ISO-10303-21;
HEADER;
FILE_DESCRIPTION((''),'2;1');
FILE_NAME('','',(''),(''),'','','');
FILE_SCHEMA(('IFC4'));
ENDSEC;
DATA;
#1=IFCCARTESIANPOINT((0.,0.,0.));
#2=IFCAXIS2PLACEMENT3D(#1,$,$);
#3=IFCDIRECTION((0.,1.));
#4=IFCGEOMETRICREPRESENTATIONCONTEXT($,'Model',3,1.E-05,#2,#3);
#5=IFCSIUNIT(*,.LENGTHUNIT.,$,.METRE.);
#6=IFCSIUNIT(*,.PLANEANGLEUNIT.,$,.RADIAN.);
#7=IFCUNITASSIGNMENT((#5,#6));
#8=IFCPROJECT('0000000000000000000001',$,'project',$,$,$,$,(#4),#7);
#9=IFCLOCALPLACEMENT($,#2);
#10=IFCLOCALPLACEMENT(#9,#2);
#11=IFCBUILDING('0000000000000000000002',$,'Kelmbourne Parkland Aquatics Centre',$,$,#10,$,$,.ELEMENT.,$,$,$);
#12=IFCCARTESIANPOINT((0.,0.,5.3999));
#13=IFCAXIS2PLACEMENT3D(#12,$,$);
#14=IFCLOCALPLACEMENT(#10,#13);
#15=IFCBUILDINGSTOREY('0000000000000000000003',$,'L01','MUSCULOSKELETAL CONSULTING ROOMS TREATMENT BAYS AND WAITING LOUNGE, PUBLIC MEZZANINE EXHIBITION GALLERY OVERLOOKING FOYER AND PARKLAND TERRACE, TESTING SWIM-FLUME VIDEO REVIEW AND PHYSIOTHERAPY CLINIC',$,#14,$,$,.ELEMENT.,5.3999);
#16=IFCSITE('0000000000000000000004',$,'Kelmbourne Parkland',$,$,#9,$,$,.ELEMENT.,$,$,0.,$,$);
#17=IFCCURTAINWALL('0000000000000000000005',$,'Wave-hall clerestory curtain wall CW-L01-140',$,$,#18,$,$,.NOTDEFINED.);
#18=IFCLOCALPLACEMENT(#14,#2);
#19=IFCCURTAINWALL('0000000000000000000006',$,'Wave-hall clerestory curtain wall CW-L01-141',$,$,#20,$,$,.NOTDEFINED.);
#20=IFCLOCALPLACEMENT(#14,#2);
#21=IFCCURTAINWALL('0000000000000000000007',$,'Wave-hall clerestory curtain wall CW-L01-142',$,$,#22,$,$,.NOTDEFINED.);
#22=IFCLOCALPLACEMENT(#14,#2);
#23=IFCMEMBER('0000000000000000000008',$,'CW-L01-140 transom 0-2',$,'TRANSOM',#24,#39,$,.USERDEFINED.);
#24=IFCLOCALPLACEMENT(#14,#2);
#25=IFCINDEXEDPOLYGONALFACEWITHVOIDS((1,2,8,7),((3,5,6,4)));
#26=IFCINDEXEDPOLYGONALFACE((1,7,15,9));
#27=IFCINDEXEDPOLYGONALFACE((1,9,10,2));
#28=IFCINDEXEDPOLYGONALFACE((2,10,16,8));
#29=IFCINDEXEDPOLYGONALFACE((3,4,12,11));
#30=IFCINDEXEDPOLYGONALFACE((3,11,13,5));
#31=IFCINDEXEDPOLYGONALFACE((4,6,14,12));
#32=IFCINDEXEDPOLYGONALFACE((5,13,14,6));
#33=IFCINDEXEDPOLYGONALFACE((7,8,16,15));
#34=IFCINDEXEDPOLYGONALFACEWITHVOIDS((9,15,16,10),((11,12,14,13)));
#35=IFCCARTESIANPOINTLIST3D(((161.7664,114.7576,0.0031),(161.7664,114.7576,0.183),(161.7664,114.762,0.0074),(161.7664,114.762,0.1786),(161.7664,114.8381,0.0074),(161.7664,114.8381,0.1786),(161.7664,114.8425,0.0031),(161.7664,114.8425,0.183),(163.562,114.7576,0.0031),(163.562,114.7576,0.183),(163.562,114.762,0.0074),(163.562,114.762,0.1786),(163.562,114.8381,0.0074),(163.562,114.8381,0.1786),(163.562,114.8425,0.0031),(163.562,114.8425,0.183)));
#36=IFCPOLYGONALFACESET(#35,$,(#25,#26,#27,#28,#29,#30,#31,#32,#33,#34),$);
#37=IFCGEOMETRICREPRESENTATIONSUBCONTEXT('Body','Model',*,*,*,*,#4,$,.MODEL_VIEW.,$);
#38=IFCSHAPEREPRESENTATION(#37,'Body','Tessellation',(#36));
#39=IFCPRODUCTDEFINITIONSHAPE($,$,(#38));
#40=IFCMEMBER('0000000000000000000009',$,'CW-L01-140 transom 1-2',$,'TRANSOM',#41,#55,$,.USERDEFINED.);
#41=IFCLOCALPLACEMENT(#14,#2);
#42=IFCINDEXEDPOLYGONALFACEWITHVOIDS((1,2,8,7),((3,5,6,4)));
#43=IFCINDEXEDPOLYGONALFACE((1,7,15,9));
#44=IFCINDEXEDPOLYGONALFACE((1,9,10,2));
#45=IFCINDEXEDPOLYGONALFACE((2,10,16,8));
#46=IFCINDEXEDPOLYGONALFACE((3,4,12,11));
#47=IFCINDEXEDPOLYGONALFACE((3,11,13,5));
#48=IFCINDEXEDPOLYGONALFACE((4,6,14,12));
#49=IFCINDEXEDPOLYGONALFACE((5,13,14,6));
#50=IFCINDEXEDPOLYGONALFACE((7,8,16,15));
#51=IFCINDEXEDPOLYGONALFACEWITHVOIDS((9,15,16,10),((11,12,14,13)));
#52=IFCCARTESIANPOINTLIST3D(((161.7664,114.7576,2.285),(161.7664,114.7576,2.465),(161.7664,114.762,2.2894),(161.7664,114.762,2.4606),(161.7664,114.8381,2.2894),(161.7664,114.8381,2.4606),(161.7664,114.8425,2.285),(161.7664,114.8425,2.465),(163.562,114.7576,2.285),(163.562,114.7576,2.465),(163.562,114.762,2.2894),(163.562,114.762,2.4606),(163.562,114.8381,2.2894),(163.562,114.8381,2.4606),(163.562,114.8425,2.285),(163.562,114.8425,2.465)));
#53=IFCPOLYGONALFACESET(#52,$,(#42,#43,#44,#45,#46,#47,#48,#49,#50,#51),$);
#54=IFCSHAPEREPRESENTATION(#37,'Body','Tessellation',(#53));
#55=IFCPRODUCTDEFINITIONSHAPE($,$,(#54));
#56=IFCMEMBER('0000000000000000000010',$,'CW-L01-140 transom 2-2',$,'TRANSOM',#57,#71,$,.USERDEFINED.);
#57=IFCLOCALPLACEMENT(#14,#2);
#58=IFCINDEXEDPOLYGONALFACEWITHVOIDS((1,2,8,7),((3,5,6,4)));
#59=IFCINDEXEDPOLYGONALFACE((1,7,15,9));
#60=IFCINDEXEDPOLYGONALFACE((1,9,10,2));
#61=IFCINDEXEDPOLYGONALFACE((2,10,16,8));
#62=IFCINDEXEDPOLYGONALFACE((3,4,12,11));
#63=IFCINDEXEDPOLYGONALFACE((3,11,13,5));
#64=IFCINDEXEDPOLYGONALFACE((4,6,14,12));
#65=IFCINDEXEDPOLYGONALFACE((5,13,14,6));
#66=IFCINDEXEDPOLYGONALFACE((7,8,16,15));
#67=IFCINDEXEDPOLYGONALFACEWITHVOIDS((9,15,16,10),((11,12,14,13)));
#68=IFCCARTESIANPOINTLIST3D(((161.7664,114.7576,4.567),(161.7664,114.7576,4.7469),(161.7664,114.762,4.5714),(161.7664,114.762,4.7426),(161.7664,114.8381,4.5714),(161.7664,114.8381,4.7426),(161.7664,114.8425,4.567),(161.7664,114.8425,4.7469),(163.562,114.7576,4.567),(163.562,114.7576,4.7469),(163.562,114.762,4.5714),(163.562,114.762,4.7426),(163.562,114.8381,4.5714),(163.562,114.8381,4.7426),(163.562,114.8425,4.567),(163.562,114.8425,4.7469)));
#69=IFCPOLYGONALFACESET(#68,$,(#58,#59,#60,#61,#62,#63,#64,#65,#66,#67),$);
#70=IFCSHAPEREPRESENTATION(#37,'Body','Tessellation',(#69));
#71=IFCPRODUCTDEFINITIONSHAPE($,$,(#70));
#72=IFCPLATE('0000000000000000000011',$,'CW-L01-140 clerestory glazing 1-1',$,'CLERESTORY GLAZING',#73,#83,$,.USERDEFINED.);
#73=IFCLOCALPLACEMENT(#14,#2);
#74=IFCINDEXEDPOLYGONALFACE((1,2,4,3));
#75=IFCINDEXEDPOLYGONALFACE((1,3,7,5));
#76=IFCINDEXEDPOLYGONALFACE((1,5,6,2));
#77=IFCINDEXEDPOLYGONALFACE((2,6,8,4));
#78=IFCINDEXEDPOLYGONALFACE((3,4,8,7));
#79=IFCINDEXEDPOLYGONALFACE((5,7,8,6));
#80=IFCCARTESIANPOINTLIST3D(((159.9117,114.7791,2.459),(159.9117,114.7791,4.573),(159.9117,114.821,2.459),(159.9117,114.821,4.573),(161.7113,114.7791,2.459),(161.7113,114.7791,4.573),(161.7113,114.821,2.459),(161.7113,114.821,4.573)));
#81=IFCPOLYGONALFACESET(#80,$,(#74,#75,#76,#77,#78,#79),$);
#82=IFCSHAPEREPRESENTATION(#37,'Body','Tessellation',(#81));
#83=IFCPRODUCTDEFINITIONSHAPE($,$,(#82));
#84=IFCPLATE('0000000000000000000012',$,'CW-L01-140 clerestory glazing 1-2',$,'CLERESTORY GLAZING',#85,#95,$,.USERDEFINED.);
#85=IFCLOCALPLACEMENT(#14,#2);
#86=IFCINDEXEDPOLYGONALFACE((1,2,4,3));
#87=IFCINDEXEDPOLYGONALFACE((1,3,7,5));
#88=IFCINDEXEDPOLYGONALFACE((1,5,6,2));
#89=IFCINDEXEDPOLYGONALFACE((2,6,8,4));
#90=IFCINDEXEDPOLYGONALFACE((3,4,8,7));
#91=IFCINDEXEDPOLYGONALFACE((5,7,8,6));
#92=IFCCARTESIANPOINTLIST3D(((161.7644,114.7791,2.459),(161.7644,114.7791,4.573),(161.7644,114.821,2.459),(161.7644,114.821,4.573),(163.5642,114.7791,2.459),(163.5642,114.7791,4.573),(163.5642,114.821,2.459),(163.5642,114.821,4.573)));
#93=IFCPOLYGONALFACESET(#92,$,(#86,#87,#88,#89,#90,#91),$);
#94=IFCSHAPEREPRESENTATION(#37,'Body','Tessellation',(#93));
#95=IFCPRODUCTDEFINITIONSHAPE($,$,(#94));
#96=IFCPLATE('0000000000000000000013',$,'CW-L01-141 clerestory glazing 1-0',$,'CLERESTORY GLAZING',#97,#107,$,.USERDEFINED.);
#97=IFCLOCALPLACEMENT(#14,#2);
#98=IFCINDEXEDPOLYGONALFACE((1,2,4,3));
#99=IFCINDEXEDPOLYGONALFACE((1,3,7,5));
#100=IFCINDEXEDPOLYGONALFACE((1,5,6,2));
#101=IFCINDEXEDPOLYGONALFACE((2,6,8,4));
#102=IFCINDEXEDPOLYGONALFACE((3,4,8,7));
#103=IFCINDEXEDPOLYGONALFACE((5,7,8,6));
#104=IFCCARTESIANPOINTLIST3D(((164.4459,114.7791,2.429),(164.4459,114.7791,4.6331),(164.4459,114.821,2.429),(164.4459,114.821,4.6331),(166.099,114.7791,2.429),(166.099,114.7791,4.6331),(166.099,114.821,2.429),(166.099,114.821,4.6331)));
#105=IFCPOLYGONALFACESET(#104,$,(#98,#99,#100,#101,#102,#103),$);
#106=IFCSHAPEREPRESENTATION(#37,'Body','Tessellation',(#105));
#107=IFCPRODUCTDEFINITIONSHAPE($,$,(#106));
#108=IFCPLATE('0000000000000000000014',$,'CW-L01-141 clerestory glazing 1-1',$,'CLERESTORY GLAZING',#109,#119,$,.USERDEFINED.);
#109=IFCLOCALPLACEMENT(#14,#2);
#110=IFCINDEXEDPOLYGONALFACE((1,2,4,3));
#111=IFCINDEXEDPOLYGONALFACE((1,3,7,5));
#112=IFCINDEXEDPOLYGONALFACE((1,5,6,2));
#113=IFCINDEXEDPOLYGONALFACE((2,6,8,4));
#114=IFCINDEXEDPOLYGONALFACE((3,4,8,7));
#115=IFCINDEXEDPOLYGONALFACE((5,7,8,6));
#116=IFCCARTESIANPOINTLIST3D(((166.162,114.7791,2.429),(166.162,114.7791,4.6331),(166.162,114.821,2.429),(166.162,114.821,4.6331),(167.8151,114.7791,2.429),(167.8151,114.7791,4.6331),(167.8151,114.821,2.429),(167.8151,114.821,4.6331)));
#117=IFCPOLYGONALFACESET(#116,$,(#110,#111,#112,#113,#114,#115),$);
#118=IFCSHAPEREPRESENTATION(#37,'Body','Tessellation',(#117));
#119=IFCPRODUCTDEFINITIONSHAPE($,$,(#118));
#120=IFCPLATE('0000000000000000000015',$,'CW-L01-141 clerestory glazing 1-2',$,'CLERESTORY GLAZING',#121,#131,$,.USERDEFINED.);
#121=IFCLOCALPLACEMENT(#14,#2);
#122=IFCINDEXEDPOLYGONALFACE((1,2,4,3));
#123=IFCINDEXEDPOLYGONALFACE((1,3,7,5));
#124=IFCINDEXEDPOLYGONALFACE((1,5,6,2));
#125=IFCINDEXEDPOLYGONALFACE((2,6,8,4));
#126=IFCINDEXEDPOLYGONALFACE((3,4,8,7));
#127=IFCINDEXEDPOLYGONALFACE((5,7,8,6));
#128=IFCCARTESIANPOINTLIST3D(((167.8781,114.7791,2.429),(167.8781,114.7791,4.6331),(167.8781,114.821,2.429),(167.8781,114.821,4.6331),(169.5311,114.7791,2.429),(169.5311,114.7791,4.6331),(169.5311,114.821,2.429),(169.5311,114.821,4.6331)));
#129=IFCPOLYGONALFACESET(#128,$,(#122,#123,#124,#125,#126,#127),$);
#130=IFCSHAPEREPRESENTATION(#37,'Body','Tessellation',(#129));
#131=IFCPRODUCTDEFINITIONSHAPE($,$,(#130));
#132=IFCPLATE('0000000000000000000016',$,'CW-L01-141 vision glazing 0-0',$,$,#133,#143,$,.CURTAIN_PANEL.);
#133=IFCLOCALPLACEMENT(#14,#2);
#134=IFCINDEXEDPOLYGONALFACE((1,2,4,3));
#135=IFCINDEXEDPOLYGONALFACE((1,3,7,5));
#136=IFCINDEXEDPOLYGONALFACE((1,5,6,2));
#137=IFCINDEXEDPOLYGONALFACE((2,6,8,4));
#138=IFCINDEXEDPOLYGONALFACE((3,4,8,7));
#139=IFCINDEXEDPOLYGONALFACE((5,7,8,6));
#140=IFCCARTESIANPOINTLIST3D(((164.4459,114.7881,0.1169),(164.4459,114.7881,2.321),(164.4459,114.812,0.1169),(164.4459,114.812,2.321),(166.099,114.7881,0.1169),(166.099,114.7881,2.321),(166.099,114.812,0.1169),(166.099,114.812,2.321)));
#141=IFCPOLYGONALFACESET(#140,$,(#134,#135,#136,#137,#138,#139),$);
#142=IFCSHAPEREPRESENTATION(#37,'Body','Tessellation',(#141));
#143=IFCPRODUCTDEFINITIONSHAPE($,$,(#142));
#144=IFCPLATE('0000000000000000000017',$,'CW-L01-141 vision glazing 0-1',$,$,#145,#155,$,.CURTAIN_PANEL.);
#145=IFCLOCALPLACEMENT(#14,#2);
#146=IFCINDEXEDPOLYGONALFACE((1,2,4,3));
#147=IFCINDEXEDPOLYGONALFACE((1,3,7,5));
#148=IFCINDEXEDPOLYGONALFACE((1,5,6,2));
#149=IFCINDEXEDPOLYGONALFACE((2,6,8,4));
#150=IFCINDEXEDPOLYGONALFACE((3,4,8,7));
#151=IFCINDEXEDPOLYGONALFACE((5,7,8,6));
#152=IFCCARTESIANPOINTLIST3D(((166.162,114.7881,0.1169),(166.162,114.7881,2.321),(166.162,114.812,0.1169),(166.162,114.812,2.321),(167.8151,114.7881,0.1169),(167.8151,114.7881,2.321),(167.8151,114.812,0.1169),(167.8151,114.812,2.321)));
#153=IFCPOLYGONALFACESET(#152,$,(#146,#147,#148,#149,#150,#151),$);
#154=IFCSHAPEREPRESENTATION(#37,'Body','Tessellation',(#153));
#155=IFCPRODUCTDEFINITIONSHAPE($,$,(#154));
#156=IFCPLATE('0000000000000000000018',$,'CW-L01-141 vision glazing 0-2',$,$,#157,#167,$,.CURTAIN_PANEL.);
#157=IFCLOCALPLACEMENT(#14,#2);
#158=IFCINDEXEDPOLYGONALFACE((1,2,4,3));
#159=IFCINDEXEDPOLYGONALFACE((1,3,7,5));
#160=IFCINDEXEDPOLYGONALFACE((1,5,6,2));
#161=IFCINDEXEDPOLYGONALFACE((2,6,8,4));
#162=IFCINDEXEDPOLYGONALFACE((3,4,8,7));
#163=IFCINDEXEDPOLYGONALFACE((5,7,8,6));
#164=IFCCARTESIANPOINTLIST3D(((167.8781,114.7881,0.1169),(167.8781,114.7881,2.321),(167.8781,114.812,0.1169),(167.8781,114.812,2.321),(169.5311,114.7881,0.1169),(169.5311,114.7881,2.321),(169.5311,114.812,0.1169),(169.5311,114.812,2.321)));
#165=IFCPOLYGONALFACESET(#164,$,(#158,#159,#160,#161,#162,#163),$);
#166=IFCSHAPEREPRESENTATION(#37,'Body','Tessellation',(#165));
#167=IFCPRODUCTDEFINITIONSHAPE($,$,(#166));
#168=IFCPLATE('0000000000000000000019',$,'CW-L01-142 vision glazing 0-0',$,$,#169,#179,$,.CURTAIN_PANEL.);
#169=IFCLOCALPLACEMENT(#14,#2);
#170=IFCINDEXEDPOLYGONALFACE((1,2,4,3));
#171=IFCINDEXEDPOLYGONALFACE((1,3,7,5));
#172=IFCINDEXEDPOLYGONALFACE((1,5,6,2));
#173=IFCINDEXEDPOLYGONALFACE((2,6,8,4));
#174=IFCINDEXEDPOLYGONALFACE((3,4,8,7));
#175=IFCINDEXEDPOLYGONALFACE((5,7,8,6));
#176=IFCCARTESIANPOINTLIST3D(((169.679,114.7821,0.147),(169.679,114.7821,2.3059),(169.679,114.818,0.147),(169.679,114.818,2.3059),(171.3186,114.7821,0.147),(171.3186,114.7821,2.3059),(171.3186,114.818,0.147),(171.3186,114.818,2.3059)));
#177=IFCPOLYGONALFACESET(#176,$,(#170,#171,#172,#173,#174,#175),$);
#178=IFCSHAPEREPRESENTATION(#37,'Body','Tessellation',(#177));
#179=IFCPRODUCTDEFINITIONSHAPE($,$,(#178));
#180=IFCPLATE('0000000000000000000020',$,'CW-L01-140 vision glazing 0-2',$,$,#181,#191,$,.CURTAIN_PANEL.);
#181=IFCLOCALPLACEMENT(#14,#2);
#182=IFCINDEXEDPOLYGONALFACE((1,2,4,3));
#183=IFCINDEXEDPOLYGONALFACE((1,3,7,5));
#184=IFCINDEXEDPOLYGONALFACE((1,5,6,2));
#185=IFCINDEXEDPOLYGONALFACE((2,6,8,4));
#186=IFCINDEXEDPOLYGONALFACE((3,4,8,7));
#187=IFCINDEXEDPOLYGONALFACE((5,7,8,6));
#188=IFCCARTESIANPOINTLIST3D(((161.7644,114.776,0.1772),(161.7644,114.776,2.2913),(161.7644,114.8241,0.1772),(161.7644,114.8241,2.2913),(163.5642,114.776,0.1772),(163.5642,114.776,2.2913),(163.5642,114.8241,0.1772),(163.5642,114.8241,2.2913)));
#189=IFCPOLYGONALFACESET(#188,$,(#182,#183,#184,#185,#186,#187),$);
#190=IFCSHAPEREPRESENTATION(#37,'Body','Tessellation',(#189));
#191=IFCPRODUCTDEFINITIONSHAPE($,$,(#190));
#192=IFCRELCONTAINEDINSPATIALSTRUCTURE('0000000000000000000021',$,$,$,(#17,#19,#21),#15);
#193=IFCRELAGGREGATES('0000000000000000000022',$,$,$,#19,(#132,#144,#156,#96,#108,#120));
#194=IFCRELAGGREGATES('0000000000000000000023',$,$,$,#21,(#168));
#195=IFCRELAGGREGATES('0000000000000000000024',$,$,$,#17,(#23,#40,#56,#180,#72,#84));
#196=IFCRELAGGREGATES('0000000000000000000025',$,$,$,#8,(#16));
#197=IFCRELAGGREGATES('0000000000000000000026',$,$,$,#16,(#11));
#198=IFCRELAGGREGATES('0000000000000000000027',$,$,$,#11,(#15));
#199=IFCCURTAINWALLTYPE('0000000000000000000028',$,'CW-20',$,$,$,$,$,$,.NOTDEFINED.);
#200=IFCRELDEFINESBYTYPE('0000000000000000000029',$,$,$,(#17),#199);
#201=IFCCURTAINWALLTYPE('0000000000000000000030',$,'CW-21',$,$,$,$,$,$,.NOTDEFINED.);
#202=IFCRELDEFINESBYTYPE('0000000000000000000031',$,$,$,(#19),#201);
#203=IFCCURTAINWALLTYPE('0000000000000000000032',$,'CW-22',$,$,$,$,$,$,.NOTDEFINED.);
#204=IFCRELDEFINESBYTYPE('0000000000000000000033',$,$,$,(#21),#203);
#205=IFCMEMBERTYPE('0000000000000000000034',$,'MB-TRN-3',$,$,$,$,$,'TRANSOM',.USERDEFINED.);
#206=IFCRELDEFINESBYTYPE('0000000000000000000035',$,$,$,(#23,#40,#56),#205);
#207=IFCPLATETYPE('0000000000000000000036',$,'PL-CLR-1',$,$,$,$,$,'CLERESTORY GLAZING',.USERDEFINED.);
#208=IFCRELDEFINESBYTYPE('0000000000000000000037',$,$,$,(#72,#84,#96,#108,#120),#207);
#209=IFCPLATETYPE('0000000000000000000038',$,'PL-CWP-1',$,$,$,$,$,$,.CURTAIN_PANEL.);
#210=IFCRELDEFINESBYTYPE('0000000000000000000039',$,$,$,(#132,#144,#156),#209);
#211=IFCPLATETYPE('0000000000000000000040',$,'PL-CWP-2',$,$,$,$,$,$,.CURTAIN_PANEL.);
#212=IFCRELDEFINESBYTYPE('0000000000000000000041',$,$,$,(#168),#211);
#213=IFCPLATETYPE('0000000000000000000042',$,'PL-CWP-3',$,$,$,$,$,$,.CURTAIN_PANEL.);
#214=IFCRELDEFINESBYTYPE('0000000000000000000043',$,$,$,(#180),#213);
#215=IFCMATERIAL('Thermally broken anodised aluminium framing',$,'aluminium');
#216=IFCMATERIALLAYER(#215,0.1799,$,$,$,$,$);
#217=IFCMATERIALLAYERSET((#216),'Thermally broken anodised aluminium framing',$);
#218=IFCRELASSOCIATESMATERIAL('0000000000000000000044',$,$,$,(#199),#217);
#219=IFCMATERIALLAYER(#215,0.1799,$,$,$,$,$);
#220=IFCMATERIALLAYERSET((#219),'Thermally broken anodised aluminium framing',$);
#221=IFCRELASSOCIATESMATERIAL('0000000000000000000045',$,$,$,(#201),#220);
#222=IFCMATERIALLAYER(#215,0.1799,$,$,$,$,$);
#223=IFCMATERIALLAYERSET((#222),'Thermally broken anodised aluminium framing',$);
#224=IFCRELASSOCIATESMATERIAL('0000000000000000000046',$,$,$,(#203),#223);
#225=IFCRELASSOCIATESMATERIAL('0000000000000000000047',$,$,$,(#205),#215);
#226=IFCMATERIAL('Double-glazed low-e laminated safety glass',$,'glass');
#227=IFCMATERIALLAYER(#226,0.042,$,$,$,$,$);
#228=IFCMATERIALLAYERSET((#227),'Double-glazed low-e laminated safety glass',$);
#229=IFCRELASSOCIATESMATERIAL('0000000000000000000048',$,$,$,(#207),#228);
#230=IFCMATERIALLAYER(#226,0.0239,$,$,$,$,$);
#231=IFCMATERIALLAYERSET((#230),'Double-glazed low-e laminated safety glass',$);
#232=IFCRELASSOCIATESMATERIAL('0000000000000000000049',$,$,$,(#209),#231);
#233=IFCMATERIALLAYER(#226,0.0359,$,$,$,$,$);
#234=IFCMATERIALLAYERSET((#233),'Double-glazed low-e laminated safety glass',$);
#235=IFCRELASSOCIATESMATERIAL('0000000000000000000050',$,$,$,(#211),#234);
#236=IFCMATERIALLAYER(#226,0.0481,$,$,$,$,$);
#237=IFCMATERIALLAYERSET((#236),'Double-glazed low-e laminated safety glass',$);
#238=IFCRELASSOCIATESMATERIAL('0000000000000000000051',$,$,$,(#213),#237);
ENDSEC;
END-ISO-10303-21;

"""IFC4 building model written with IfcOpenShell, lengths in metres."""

from ifc_helpers import new_model, si_unit, direction, frame, origin, origin_2d, place, context, subcontext, project, spatial, rectangle, hollow_rectangle, extrude, material, layer, layer_set, material_profile, profile_set, type_object, element, aggregate, save


model = new_model("IFC4")

# Units and contexts
model_context = context("Model", 3, precision=1e-05, world=origin(), true_north=direction((0.0, 1.0)))
body_context = subcontext(model_context, "Body", "Model", "MODEL_VIEW")
ifc_project = project(units=[si_unit("LENGTHUNIT", "METRE"), si_unit("PLANEANGLEUNIT", "RADIAN")], contexts=[model_context])

# Site, building, storey
site_placement = place(None, origin())
site = spatial("IfcSite", under=ifc_project, at=site_placement, Name="Kelmbourne Parkland", CompositionType="ELEMENT", RefElevation=0.0)
building_placement = place(site_placement, origin())
building = spatial("IfcBuilding", under=site, at=building_placement, Name="Kelmbourne Parkland Aquatics Centre", CompositionType="ELEMENT")
storey_placement = place(building_placement, frame((0.0, 0.0, 5.3999)))
storey = spatial("IfcBuildingStorey", under=building, at=storey_placement, Name="L01", Description="MUSCULOSKELETAL CONSULTING ROOMS TREATMENT BAYS AND WAITING LOUNGE, PUBLIC MEZZANINE EXHIBITION GALLERY OVERLOOKING FOYER AND PARKLAND TERRACE, TESTING SWIM-FLUME VIDEO REVIEW AND PHYSIOTHERAPY CLINIC", CompositionType="ELEMENT", Elevation=5.3999)

# Curtain walls
ifc_material_1 = material(Name="Thermally broken anodised aluminium framing", Category="aluminium")
ifc_layer_1 = layer(ifc_material_1, 0.1799)
ifc_layer_set_1 = layer_set([ifc_layer_1], Name="Thermally broken anodised aluminium framing")
curtain_wall_type_1 = type_object("IfcCurtainWallType", Name="CW-20", PredefinedType="NOTDEFINED", material=ifc_layer_set_1)
curtain_wall_1_placement = place(storey_placement, origin())
curtain_wall_1 = element("IfcCurtainWall", 1, at=curtain_wall_1_placement, inside=storey, type_object=curtain_wall_type_1, Name="Wave-hall clerestory curtain wall CW-L01-140", PredefinedType="NOTDEFINED")
ifc_layer_2 = layer(ifc_material_1, 0.1799)
ifc_layer_set_2 = layer_set([ifc_layer_2], Name="Thermally broken anodised aluminium framing")
curtain_wall_type_2 = type_object("IfcCurtainWallType", Name="CW-21", PredefinedType="NOTDEFINED", material=ifc_layer_set_2)
curtain_wall_2_placement = place(storey_placement, origin())
curtain_wall_2 = element("IfcCurtainWall", 2, at=curtain_wall_2_placement, inside=storey, type_object=curtain_wall_type_2, Name="Wave-hall clerestory curtain wall CW-L01-141", PredefinedType="NOTDEFINED")

# Curtain wall
ifc_layer_3 = layer(ifc_material_1, 0.1799)
ifc_layer_set_3 = layer_set([ifc_layer_3], Name="Thermally broken anodised aluminium framing")
curtain_wall_type_3 = type_object("IfcCurtainWallType", Name="CW-22", PredefinedType="NOTDEFINED", material=ifc_layer_set_3)
curtain_wall_3_placement = place(storey_placement, origin())
curtain_wall_3 = element("IfcCurtainWall", 3, at=curtain_wall_3_placement, inside=storey, type_object=curtain_wall_type_3, Name="Wave-hall clerestory curtain wall CW-L01-142", PredefinedType="NOTDEFINED")

# Members
ifc_material_profile_1 = material_profile(ifc_material_1, hollow_rectangle(XDim=0.085, YDim=0.1799, WallThickness=0.0044, at=origin_2d()), Name="CW-T 85x180")
ifc_profile_set_1 = profile_set([ifc_material_profile_1], Name="Thermally broken anodised aluminium framing")
member_type_1 = type_object("IfcMemberType", Name="MB-TRN-3", ElementType="TRANSOM", PredefinedType="USERDEFINED", material=ifc_profile_set_1)
member_1_placement = place(storey_placement, frame((161.7664, 114.8, 0.093), z_axis=(1.0, 0.0, 0.0), x_axis=(0.0, 1.0, 0.0)))
member_1 = element("IfcMember", 4, at=member_1_placement, type_object=member_type_1, Name="CW-L01-140 transom 0-2", ObjectType="TRANSOM", PredefinedType="USERDEFINED", context=body_context, shape_type="SweptSolid", body=[
    extrude(hollow_rectangle(XDim=0.085, YDim=0.1799, WallThickness=0.0044, at=origin_2d()), origin(), (0.0, 0.0, 1.0), 1.7957),
])
member_2_placement = place(storey_placement, frame((161.7664, 114.8, 2.375), z_axis=(1.0, 0.0, 0.0), x_axis=(0.0, 1.0, 0.0)))
member_2 = element("IfcMember", 5, at=member_2_placement, type_object=member_type_1, Name="CW-L01-140 transom 1-2", ObjectType="TRANSOM", PredefinedType="USERDEFINED", context=body_context, shape_type="SweptSolid", body=[
    extrude(hollow_rectangle(XDim=0.085, YDim=0.1799, WallThickness=0.0044, at=origin_2d()), origin(), (0.0, 0.0, 1.0), 1.7957),
])
member_3_placement = place(storey_placement, frame((161.7664, 114.8, 4.657), z_axis=(1.0, 0.0, 0.0), x_axis=(0.0, 1.0, 0.0)))
member_3 = element("IfcMember", 6, at=member_3_placement, type_object=member_type_1, Name="CW-L01-140 transom 2-2", ObjectType="TRANSOM", PredefinedType="USERDEFINED", context=body_context, shape_type="SweptSolid", body=[
    extrude(hollow_rectangle(XDim=0.085, YDim=0.1799, WallThickness=0.0044, at=origin_2d()), origin(), (0.0, 0.0, 1.0), 1.7957),
])

# Plates
ifc_material_2 = material(Name="Double-glazed low-e laminated safety glass", Category="glass")
ifc_layer_4 = layer(ifc_material_2, 0.042)
ifc_layer_set_4 = layer_set([ifc_layer_4], Name="Double-glazed low-e laminated safety glass")
plate_type_1 = type_object("IfcPlateType", Name="PL-CLR-1", ElementType="CLERESTORY GLAZING", PredefinedType="USERDEFINED", material=ifc_layer_set_4)
plate_1_placement = place(storey_placement, frame((160.8115, 114.8, 2.459), z_axis=(0.0, 0.0, 1.0), x_axis=(1.0, 0.0, 0.0)))
plate_1 = element("IfcPlate", 7, at=plate_1_placement, type_object=plate_type_1, Name="CW-L01-140 clerestory glazing 1-1", ObjectType="CLERESTORY GLAZING", PredefinedType="USERDEFINED", context=body_context, shape_type="SweptSolid", body=[
    extrude(rectangle(XDim=1.7996, YDim=0.042, at=origin_2d()), origin(), (0.0, 0.0, 1.0), 2.114),
])
plate_2_placement = place(storey_placement, frame((162.6643, 114.8, 2.459), z_axis=(0.0, 0.0, 1.0), x_axis=(1.0, 0.0, 0.0)))
plate_2 = element("IfcPlate", 8, at=plate_2_placement, type_object=plate_type_1, Name="CW-L01-140 clerestory glazing 1-2", ObjectType="CLERESTORY GLAZING", PredefinedType="USERDEFINED", context=body_context, shape_type="SweptSolid", body=[
    extrude(rectangle(XDim=1.7998, YDim=0.042, at=origin_2d()), origin(), (0.0, 0.0, 1.0), 2.114),
])
plate_3_placement = place(storey_placement, frame((165.2725, 114.8, 2.429), z_axis=(0.0, 0.0, 1.0), x_axis=(1.0, 0.0, 0.0)))
plate_3 = element("IfcPlate", 9, at=plate_3_placement, type_object=plate_type_1, Name="CW-L01-141 clerestory glazing 1-0", ObjectType="CLERESTORY GLAZING", PredefinedType="USERDEFINED", context=body_context, shape_type="SweptSolid", body=[
    extrude(rectangle(XDim=1.6531, YDim=0.042, at=origin_2d()), origin(), (0.0, 0.0, 1.0), 2.2041),
])
plate_4_placement = place(storey_placement, frame((166.9885, 114.8, 2.429), z_axis=(0.0, 0.0, 1.0), x_axis=(1.0, 0.0, 0.0)))
plate_4 = element("IfcPlate", 10, at=plate_4_placement, type_object=plate_type_1, Name="CW-L01-141 clerestory glazing 1-1", ObjectType="CLERESTORY GLAZING", PredefinedType="USERDEFINED", context=body_context, shape_type="SweptSolid", body=[
    extrude(rectangle(XDim=1.6531, YDim=0.042, at=origin_2d()), origin(), (0.0, 0.0, 1.0), 2.2041),
])
plate_5_placement = place(storey_placement, frame((168.7046, 114.8, 2.429), z_axis=(0.0, 0.0, 1.0), x_axis=(1.0, 0.0, 0.0)))
plate_5 = element("IfcPlate", 11, at=plate_5_placement, type_object=plate_type_1, Name="CW-L01-141 clerestory glazing 1-2", ObjectType="CLERESTORY GLAZING", PredefinedType="USERDEFINED", context=body_context, shape_type="SweptSolid", body=[
    extrude(rectangle(XDim=1.6531, YDim=0.042, at=origin_2d()), origin(), (0.0, 0.0, 1.0), 2.2041),
])
ifc_layer_5 = layer(ifc_material_2, 0.0239)
ifc_layer_set_5 = layer_set([ifc_layer_5], Name="Double-glazed low-e laminated safety glass")
plate_type_2 = type_object("IfcPlateType", Name="PL-CWP-1", PredefinedType="CURTAIN_PANEL", material=ifc_layer_set_5)
plate_6_placement = place(storey_placement, frame((165.2725, 114.8, 0.1169), z_axis=(0.0, 0.0, 1.0), x_axis=(1.0, 0.0, 0.0)))
plate_6 = element("IfcPlate", 12, at=plate_6_placement, type_object=plate_type_2, Name="CW-L01-141 vision glazing 0-0", PredefinedType="CURTAIN_PANEL", context=body_context, shape_type="SweptSolid", body=[
    extrude(rectangle(XDim=1.6531, YDim=0.0239, at=origin_2d()), origin(), (0.0, 0.0, 1.0), 2.2041),
])
plate_7_placement = place(storey_placement, frame((166.9885, 114.8, 0.1169), z_axis=(0.0, 0.0, 1.0), x_axis=(1.0, 0.0, 0.0)))
plate_7 = element("IfcPlate", 13, at=plate_7_placement, type_object=plate_type_2, Name="CW-L01-141 vision glazing 0-1", PredefinedType="CURTAIN_PANEL", context=body_context, shape_type="SweptSolid", body=[
    extrude(rectangle(XDim=1.6531, YDim=0.0239, at=origin_2d()), origin(), (0.0, 0.0, 1.0), 2.2041),
])
plate_8_placement = place(storey_placement, frame((168.7046, 114.8, 0.1169), z_axis=(0.0, 0.0, 1.0), x_axis=(1.0, 0.0, 0.0)))
plate_8 = element("IfcPlate", 14, at=plate_8_placement, type_object=plate_type_2, Name="CW-L01-141 vision glazing 0-2", PredefinedType="CURTAIN_PANEL", context=body_context, shape_type="SweptSolid", body=[
    extrude(rectangle(XDim=1.6531, YDim=0.0239, at=origin_2d()), origin(), (0.0, 0.0, 1.0), 2.2041),
])
aggregate(curtain_wall_2, [plate_6, plate_7, plate_8, plate_3, plate_4, plate_5])
ifc_layer_6 = layer(ifc_material_2, 0.0359)
ifc_layer_set_6 = layer_set([ifc_layer_6], Name="Double-glazed low-e laminated safety glass")
plate_type_3 = type_object("IfcPlateType", Name="PL-CWP-2", PredefinedType="CURTAIN_PANEL", material=ifc_layer_set_6)
plate_9_placement = place(storey_placement, frame((170.4988, 114.8, 0.147), z_axis=(0.0, 0.0, 1.0), x_axis=(1.0, 0.0, 0.0)))
plate_9 = element("IfcPlate", 15, at=plate_9_placement, type_object=plate_type_3, Name="CW-L01-142 vision glazing 0-0", PredefinedType="CURTAIN_PANEL", context=body_context, shape_type="SweptSolid", body=[
    extrude(rectangle(XDim=1.6396, YDim=0.0359, at=origin_2d()), origin(), (0.0, 0.0, 1.0), 2.1589),
])
aggregate(curtain_wall_3, [plate_9])
ifc_layer_7 = layer(ifc_material_2, 0.0481)
ifc_layer_set_7 = layer_set([ifc_layer_7], Name="Double-glazed low-e laminated safety glass")
plate_type_4 = type_object("IfcPlateType", Name="PL-CWP-3", PredefinedType="CURTAIN_PANEL", material=ifc_layer_set_7)
plate_10_placement = place(storey_placement, frame((162.6643, 114.8, 0.1772), z_axis=(0.0, 0.0, 1.0), x_axis=(1.0, 0.0, 0.0)))
plate_10 = element("IfcPlate", 16, at=plate_10_placement, type_object=plate_type_4, Name="CW-L01-140 vision glazing 0-2", PredefinedType="CURTAIN_PANEL", context=body_context, shape_type="SweptSolid", body=[
    extrude(rectangle(XDim=1.7998, YDim=0.0481, at=origin_2d()), origin(), (0.0, 0.0, 1.0), 2.114),
])
aggregate(curtain_wall_1, [member_1, member_2, member_3, plate_10, plate_1, plate_2])

save(model, "model.ifc")
